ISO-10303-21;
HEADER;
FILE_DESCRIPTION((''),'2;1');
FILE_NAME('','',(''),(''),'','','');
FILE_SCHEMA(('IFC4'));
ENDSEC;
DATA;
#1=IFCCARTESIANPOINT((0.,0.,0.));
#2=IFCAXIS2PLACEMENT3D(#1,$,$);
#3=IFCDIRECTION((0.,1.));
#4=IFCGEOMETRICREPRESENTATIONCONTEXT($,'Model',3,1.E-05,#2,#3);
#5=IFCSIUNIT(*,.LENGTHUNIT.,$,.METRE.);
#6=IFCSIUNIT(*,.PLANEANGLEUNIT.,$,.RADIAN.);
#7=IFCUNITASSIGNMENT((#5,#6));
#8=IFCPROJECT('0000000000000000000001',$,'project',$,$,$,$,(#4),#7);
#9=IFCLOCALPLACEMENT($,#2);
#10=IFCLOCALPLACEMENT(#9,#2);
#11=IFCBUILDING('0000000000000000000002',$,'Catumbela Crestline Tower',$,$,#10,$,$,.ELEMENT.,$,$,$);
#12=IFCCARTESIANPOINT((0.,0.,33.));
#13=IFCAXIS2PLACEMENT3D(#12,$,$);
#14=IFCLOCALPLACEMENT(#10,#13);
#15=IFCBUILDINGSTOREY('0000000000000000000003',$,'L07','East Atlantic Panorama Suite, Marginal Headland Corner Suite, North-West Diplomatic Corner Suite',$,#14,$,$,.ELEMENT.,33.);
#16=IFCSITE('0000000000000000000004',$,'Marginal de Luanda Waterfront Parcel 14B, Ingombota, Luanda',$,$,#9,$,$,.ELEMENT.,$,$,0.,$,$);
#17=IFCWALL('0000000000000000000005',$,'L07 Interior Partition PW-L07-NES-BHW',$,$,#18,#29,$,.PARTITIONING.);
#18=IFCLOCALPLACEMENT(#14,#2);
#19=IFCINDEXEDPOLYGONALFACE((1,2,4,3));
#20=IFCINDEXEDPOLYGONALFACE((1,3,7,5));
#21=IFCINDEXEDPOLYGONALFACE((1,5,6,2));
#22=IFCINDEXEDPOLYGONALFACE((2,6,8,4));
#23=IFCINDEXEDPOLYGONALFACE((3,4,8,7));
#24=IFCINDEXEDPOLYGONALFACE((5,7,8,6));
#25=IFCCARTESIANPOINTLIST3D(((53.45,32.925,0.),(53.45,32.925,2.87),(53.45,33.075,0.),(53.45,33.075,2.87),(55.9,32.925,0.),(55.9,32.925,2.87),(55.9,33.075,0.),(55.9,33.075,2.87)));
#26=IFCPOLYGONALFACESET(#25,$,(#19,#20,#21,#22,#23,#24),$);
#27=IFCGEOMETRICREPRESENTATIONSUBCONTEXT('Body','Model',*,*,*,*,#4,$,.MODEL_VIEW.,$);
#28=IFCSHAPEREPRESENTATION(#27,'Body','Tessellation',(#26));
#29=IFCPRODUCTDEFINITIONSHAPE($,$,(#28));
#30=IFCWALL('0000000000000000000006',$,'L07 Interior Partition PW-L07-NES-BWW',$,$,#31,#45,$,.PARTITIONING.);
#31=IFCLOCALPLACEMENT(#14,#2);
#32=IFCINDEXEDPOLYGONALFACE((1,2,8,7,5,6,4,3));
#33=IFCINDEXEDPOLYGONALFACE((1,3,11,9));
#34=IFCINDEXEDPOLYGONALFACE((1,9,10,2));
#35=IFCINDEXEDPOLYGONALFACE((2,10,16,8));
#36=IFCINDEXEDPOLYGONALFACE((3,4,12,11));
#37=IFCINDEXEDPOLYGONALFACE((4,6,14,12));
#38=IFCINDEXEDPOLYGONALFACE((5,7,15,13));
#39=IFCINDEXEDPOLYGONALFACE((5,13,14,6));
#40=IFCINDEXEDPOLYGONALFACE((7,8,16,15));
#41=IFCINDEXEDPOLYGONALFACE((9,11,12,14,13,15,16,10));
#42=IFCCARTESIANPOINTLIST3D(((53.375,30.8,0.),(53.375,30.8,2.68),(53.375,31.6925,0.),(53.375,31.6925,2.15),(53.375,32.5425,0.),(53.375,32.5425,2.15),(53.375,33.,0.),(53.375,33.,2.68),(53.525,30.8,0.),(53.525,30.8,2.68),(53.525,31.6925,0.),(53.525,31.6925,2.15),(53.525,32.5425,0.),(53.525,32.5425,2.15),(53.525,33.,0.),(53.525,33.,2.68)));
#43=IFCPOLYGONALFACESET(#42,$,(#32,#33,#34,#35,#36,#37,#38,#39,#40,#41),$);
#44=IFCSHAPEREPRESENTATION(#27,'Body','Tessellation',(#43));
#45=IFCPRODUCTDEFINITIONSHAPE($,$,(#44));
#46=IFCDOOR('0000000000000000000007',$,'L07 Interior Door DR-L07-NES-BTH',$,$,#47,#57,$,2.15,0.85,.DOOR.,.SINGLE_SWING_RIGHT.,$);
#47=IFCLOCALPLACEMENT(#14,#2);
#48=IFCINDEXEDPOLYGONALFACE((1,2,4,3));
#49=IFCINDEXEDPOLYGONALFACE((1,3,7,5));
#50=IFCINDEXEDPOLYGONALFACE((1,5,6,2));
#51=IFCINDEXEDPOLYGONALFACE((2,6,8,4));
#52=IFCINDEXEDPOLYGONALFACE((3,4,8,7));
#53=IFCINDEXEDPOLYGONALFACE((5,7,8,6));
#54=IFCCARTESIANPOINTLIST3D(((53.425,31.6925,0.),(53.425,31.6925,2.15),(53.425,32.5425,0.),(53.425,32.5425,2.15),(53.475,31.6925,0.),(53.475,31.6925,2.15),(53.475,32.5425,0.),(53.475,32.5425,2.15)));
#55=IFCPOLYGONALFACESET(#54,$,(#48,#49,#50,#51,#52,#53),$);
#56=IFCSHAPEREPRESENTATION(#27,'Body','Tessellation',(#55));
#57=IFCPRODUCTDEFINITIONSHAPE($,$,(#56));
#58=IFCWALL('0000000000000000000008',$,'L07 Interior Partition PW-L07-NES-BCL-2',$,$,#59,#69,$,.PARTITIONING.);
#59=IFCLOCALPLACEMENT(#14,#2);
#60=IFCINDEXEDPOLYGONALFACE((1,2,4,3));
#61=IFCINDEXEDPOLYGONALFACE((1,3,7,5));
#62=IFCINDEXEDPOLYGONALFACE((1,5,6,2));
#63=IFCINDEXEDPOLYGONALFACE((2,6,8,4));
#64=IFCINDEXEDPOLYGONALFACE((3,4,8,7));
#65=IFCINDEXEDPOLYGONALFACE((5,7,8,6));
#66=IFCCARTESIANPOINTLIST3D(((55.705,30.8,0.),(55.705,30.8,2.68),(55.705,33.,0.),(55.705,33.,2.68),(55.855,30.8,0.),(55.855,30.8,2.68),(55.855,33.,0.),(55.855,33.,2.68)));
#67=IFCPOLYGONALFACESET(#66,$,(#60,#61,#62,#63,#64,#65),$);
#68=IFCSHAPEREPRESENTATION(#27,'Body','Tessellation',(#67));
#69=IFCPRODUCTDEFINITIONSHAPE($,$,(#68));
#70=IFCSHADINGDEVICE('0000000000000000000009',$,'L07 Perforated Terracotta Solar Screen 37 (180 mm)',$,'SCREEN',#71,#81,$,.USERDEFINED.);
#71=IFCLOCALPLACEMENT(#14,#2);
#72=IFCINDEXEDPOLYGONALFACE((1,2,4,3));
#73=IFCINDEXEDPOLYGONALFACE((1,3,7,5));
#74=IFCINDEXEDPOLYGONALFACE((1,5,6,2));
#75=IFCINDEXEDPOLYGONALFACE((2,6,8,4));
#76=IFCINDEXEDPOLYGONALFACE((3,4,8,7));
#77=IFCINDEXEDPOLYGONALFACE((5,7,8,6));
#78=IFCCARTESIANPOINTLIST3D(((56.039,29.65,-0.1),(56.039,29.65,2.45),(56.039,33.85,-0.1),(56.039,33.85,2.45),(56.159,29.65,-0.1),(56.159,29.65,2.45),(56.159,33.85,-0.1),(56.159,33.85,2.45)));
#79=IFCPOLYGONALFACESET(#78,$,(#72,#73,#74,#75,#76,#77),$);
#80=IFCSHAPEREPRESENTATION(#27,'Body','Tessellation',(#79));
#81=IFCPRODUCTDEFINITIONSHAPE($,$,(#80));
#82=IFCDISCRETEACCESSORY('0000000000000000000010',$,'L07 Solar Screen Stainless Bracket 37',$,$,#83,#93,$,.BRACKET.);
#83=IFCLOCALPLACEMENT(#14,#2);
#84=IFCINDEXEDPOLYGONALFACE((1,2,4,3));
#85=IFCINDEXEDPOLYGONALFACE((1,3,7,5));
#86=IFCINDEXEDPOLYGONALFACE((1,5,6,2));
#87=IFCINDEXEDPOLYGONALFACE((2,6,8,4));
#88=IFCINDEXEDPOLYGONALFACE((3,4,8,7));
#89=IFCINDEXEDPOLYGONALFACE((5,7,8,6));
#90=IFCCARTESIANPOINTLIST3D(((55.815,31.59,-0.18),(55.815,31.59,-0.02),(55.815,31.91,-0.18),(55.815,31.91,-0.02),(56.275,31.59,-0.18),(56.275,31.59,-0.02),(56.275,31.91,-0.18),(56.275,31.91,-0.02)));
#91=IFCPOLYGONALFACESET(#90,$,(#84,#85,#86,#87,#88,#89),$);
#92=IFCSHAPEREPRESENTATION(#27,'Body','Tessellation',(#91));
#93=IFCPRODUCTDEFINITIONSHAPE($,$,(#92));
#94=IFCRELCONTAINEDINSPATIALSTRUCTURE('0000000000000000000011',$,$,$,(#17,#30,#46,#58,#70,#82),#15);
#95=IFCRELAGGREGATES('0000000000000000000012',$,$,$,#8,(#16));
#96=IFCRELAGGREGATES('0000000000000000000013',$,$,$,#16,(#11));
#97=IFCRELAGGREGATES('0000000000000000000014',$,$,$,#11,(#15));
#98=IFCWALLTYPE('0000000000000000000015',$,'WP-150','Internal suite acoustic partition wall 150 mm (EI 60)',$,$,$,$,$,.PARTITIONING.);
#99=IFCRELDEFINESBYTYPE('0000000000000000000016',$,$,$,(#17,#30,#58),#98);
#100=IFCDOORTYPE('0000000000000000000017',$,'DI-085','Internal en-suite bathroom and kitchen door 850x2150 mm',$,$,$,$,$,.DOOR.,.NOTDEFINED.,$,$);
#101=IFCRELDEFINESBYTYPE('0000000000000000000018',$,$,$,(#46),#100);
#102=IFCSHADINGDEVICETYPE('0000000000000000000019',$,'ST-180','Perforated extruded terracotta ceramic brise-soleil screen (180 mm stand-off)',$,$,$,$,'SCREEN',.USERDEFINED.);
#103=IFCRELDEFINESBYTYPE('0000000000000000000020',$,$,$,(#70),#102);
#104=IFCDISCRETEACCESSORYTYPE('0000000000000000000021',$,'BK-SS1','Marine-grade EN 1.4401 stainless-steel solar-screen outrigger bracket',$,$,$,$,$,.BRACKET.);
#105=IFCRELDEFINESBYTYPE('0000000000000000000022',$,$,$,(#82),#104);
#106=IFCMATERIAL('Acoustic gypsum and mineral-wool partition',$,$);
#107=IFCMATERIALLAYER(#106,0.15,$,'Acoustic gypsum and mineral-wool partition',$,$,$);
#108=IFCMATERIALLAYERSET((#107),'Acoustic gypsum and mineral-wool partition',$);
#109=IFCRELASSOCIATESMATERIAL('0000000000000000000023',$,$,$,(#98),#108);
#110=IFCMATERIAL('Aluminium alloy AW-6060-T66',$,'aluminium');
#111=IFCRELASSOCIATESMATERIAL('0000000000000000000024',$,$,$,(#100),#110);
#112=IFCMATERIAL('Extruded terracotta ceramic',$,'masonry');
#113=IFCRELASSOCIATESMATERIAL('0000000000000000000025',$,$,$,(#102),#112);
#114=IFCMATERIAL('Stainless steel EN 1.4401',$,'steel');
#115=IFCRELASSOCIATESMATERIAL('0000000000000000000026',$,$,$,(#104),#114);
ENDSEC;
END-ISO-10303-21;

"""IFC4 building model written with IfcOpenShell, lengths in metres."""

from ifc_helpers import new_model, si_unit, direction, frame, frame_2d, origin, origin_2d, place, context, subcontext, project, spatial, rectangle, extrude, material, layer, layer_set, type_object, element, fill, save


model = new_model("IFC4")

# Units and contexts
model_context = context("Model", 3, precision=1e-05, world=origin(), true_north=direction((0.0, 1.0)))
body_context = subcontext(model_context, "Body", "Model", "MODEL_VIEW")
ifc_project = project(units=[si_unit("LENGTHUNIT", "METRE"), si_unit("PLANEANGLEUNIT", "RADIAN")], contexts=[model_context])

# Site, building, storey
site_placement = place(None, origin())
site = spatial("IfcSite", under=ifc_project, at=site_placement, Name="Marginal de Luanda Waterfront Parcel 14B, Ingombota, Luanda", CompositionType="ELEMENT", RefElevation=0.0)
building_placement = place(site_placement, origin())
building = spatial("IfcBuilding", under=site, at=building_placement, Name="Catumbela Crestline Tower", CompositionType="ELEMENT")
storey_placement = place(building_placement, frame((0.0, 0.0, 33.0)))
storey = spatial("IfcBuildingStorey", under=building, at=storey_placement, Name="L07", Description="East Atlantic Panorama Suite, Marginal Headland Corner Suite, North-West Diplomatic Corner Suite", CompositionType="ELEMENT", Elevation=33.0)

# Shared definitions
ifc_material_1 = material(Name="Aluminium alloy AW-6060-T66", Category="aluminium")

# Shared definitions
ifc_material_2 = material(Name="Acoustic gypsum and mineral-wool partition")

# Wall
ifc_layer_1 = layer(ifc_material_2, 0.15, Name="Acoustic gypsum and mineral-wool partition")
ifc_layer_set_1 = layer_set([ifc_layer_1], Name="Acoustic gypsum and mineral-wool partition")
wall_type_1 = type_object("IfcWallType", Name="WP-150", Description="Internal suite acoustic partition wall 150 mm (EI 60)", PredefinedType="PARTITIONING", material=ifc_layer_set_1)
wall_1_placement = place(storey_placement, frame((53.45, 33.0, 0.0), z_axis=(0.0, 0.0, 1.0), x_axis=(1.0, 0.0, 0.0)))
element("IfcWall", 1, at=wall_1_placement, inside=storey, type_object=wall_type_1, Name="L07 Interior Partition PW-L07-NES-BHW", PredefinedType="PARTITIONING", context=body_context, shape_type="SweptSolid", body=[
    extrude(rectangle(XDim=2.45, YDim=0.15, at=frame_2d((1.225, 0.0))), origin(), (0.0, 0.0, 1.0), 2.87),
])

# Wall, opening, door
wall_2_placement = place(storey_placement, frame((53.45, 30.8, 0.0), z_axis=(0.0, 0.0, 1.0), x_axis=(0.0, 1.0, 0.0)))
wall_2 = element("IfcWall", 2, at=wall_2_placement, inside=storey, type_object=wall_type_1, Name="L07 Interior Partition PW-L07-NES-BWW", PredefinedType="PARTITIONING", context=body_context, shape_type="SweptSolid", body=[
    extrude(rectangle(XDim=2.2, YDim=0.15, at=frame_2d((1.1, 0.0))), origin(), (0.0, 0.0, 1.0), 2.68),
])
opening_1_placement = place(wall_2_placement, frame((0.8925, 0.0, 0.0)))
opening_1 = element("IfcOpeningElement", 3, at=opening_1_placement, cuts=wall_2, PredefinedType="OPENING", context=body_context, shape_type="SweptSolid", body=[
    extrude(rectangle(XDim=0.85, YDim=2.15, at=frame_2d((0.425, 1.075))), frame((0.0, 0.085, 0.0), z_axis=(0.0, -1.0, 0.0), x_axis=(1.0, 0.0, 0.0)), (0.0, 0.0, 1.0), 0.17),
])
door_type_1 = type_object("IfcDoorType", Name="DI-085", Description="Internal en-suite bathroom and kitchen door 850x2150 mm", OperationType="NOTDEFINED", PredefinedType="DOOR", material=ifc_material_1)
door_1_placement = place(opening_1_placement, origin())
door_1 = element("IfcDoor", 4, at=door_1_placement, inside=storey, type_object=door_type_1, Name="L07 Interior Door DR-L07-NES-BTH", OperationType="SINGLE_SWING_RIGHT", OverallHeight=2.15, OverallWidth=0.85, PredefinedType="DOOR", context=body_context, shape_type="SweptSolid", body=[
    extrude(rectangle(XDim=0.85, YDim=2.15, at=frame_2d((0.425, 1.075))), frame((0.0, 0.025, 0.0), z_axis=(0.0, -1.0, 0.0), x_axis=(1.0, 0.0, 0.0)), (0.0, 0.0, 1.0), 0.05),
])
fill(opening_1, door_1)

# Wall
wall_3_placement = place(storey_placement, frame((55.78, 33.0, 0.0), z_axis=(0.0, 0.0, 1.0), x_axis=(0.0, -1.0, 0.0)))
element("IfcWall", 5, at=wall_3_placement, inside=storey, type_object=wall_type_1, Name="L07 Interior Partition PW-L07-NES-BCL-2", PredefinedType="PARTITIONING", context=body_context, shape_type="SweptSolid", body=[
    extrude(rectangle(XDim=2.2, YDim=0.15, at=frame_2d((1.1, 0.0))), origin(), (0.0, 0.0, 1.0), 2.68),
])

# Shading device
ifc_material_3 = material(Name="Extruded terracotta ceramic", Category="masonry")
shading_device_type = type_object("IfcShadingDeviceType", Name="ST-180", Description="Perforated extruded terracotta ceramic brise-soleil screen (180 mm stand-off)", ElementType="SCREEN", PredefinedType="USERDEFINED", material=ifc_material_3)
shading_device_placement = place(storey_placement, frame((56.099, 31.75, -0.1), z_axis=(0.0, 0.0, 1.0), x_axis=(0.0, 1.0, 0.0)))
element("IfcShadingDevice", 6, at=shading_device_placement, inside=storey, type_object=shading_device_type, Name="L07 Perforated Terracotta Solar Screen 37 (180 mm)", ObjectType="SCREEN", PredefinedType="USERDEFINED", context=body_context, shape_type="SweptSolid", body=[
    extrude(rectangle(XDim=4.2, YDim=0.12, at=origin_2d()), origin(), (0.0, 0.0, 1.0), 2.55),
])

# Discrete accessory
ifc_material_4 = material(Name="Stainless steel EN 1.4401", Category="steel")
discrete_accessory_type = type_object("IfcDiscreteAccessoryType", Name="BK-SS1", Description="Marine-grade EN 1.4401 stainless-steel solar-screen outrigger bracket", PredefinedType="BRACKET", material=ifc_material_4)
discrete_accessory_placement = place(storey_placement, frame((56.045, 31.75, -0.18), z_axis=(0.0, 0.0, 1.0), x_axis=(0.0, 1.0, 0.0)))
element("IfcDiscreteAccessory", 7, at=discrete_accessory_placement, inside=storey, type_object=discrete_accessory_type, Name="L07 Solar Screen Stainless Bracket 37", PredefinedType="BRACKET", context=body_context, shape_type="SweptSolid", body=[
    extrude(rectangle(XDim=0.32, YDim=0.46, at=origin_2d()), origin(), (0.0, 0.0, 1.0), 0.16),
])

save(model, "model.ifc")
